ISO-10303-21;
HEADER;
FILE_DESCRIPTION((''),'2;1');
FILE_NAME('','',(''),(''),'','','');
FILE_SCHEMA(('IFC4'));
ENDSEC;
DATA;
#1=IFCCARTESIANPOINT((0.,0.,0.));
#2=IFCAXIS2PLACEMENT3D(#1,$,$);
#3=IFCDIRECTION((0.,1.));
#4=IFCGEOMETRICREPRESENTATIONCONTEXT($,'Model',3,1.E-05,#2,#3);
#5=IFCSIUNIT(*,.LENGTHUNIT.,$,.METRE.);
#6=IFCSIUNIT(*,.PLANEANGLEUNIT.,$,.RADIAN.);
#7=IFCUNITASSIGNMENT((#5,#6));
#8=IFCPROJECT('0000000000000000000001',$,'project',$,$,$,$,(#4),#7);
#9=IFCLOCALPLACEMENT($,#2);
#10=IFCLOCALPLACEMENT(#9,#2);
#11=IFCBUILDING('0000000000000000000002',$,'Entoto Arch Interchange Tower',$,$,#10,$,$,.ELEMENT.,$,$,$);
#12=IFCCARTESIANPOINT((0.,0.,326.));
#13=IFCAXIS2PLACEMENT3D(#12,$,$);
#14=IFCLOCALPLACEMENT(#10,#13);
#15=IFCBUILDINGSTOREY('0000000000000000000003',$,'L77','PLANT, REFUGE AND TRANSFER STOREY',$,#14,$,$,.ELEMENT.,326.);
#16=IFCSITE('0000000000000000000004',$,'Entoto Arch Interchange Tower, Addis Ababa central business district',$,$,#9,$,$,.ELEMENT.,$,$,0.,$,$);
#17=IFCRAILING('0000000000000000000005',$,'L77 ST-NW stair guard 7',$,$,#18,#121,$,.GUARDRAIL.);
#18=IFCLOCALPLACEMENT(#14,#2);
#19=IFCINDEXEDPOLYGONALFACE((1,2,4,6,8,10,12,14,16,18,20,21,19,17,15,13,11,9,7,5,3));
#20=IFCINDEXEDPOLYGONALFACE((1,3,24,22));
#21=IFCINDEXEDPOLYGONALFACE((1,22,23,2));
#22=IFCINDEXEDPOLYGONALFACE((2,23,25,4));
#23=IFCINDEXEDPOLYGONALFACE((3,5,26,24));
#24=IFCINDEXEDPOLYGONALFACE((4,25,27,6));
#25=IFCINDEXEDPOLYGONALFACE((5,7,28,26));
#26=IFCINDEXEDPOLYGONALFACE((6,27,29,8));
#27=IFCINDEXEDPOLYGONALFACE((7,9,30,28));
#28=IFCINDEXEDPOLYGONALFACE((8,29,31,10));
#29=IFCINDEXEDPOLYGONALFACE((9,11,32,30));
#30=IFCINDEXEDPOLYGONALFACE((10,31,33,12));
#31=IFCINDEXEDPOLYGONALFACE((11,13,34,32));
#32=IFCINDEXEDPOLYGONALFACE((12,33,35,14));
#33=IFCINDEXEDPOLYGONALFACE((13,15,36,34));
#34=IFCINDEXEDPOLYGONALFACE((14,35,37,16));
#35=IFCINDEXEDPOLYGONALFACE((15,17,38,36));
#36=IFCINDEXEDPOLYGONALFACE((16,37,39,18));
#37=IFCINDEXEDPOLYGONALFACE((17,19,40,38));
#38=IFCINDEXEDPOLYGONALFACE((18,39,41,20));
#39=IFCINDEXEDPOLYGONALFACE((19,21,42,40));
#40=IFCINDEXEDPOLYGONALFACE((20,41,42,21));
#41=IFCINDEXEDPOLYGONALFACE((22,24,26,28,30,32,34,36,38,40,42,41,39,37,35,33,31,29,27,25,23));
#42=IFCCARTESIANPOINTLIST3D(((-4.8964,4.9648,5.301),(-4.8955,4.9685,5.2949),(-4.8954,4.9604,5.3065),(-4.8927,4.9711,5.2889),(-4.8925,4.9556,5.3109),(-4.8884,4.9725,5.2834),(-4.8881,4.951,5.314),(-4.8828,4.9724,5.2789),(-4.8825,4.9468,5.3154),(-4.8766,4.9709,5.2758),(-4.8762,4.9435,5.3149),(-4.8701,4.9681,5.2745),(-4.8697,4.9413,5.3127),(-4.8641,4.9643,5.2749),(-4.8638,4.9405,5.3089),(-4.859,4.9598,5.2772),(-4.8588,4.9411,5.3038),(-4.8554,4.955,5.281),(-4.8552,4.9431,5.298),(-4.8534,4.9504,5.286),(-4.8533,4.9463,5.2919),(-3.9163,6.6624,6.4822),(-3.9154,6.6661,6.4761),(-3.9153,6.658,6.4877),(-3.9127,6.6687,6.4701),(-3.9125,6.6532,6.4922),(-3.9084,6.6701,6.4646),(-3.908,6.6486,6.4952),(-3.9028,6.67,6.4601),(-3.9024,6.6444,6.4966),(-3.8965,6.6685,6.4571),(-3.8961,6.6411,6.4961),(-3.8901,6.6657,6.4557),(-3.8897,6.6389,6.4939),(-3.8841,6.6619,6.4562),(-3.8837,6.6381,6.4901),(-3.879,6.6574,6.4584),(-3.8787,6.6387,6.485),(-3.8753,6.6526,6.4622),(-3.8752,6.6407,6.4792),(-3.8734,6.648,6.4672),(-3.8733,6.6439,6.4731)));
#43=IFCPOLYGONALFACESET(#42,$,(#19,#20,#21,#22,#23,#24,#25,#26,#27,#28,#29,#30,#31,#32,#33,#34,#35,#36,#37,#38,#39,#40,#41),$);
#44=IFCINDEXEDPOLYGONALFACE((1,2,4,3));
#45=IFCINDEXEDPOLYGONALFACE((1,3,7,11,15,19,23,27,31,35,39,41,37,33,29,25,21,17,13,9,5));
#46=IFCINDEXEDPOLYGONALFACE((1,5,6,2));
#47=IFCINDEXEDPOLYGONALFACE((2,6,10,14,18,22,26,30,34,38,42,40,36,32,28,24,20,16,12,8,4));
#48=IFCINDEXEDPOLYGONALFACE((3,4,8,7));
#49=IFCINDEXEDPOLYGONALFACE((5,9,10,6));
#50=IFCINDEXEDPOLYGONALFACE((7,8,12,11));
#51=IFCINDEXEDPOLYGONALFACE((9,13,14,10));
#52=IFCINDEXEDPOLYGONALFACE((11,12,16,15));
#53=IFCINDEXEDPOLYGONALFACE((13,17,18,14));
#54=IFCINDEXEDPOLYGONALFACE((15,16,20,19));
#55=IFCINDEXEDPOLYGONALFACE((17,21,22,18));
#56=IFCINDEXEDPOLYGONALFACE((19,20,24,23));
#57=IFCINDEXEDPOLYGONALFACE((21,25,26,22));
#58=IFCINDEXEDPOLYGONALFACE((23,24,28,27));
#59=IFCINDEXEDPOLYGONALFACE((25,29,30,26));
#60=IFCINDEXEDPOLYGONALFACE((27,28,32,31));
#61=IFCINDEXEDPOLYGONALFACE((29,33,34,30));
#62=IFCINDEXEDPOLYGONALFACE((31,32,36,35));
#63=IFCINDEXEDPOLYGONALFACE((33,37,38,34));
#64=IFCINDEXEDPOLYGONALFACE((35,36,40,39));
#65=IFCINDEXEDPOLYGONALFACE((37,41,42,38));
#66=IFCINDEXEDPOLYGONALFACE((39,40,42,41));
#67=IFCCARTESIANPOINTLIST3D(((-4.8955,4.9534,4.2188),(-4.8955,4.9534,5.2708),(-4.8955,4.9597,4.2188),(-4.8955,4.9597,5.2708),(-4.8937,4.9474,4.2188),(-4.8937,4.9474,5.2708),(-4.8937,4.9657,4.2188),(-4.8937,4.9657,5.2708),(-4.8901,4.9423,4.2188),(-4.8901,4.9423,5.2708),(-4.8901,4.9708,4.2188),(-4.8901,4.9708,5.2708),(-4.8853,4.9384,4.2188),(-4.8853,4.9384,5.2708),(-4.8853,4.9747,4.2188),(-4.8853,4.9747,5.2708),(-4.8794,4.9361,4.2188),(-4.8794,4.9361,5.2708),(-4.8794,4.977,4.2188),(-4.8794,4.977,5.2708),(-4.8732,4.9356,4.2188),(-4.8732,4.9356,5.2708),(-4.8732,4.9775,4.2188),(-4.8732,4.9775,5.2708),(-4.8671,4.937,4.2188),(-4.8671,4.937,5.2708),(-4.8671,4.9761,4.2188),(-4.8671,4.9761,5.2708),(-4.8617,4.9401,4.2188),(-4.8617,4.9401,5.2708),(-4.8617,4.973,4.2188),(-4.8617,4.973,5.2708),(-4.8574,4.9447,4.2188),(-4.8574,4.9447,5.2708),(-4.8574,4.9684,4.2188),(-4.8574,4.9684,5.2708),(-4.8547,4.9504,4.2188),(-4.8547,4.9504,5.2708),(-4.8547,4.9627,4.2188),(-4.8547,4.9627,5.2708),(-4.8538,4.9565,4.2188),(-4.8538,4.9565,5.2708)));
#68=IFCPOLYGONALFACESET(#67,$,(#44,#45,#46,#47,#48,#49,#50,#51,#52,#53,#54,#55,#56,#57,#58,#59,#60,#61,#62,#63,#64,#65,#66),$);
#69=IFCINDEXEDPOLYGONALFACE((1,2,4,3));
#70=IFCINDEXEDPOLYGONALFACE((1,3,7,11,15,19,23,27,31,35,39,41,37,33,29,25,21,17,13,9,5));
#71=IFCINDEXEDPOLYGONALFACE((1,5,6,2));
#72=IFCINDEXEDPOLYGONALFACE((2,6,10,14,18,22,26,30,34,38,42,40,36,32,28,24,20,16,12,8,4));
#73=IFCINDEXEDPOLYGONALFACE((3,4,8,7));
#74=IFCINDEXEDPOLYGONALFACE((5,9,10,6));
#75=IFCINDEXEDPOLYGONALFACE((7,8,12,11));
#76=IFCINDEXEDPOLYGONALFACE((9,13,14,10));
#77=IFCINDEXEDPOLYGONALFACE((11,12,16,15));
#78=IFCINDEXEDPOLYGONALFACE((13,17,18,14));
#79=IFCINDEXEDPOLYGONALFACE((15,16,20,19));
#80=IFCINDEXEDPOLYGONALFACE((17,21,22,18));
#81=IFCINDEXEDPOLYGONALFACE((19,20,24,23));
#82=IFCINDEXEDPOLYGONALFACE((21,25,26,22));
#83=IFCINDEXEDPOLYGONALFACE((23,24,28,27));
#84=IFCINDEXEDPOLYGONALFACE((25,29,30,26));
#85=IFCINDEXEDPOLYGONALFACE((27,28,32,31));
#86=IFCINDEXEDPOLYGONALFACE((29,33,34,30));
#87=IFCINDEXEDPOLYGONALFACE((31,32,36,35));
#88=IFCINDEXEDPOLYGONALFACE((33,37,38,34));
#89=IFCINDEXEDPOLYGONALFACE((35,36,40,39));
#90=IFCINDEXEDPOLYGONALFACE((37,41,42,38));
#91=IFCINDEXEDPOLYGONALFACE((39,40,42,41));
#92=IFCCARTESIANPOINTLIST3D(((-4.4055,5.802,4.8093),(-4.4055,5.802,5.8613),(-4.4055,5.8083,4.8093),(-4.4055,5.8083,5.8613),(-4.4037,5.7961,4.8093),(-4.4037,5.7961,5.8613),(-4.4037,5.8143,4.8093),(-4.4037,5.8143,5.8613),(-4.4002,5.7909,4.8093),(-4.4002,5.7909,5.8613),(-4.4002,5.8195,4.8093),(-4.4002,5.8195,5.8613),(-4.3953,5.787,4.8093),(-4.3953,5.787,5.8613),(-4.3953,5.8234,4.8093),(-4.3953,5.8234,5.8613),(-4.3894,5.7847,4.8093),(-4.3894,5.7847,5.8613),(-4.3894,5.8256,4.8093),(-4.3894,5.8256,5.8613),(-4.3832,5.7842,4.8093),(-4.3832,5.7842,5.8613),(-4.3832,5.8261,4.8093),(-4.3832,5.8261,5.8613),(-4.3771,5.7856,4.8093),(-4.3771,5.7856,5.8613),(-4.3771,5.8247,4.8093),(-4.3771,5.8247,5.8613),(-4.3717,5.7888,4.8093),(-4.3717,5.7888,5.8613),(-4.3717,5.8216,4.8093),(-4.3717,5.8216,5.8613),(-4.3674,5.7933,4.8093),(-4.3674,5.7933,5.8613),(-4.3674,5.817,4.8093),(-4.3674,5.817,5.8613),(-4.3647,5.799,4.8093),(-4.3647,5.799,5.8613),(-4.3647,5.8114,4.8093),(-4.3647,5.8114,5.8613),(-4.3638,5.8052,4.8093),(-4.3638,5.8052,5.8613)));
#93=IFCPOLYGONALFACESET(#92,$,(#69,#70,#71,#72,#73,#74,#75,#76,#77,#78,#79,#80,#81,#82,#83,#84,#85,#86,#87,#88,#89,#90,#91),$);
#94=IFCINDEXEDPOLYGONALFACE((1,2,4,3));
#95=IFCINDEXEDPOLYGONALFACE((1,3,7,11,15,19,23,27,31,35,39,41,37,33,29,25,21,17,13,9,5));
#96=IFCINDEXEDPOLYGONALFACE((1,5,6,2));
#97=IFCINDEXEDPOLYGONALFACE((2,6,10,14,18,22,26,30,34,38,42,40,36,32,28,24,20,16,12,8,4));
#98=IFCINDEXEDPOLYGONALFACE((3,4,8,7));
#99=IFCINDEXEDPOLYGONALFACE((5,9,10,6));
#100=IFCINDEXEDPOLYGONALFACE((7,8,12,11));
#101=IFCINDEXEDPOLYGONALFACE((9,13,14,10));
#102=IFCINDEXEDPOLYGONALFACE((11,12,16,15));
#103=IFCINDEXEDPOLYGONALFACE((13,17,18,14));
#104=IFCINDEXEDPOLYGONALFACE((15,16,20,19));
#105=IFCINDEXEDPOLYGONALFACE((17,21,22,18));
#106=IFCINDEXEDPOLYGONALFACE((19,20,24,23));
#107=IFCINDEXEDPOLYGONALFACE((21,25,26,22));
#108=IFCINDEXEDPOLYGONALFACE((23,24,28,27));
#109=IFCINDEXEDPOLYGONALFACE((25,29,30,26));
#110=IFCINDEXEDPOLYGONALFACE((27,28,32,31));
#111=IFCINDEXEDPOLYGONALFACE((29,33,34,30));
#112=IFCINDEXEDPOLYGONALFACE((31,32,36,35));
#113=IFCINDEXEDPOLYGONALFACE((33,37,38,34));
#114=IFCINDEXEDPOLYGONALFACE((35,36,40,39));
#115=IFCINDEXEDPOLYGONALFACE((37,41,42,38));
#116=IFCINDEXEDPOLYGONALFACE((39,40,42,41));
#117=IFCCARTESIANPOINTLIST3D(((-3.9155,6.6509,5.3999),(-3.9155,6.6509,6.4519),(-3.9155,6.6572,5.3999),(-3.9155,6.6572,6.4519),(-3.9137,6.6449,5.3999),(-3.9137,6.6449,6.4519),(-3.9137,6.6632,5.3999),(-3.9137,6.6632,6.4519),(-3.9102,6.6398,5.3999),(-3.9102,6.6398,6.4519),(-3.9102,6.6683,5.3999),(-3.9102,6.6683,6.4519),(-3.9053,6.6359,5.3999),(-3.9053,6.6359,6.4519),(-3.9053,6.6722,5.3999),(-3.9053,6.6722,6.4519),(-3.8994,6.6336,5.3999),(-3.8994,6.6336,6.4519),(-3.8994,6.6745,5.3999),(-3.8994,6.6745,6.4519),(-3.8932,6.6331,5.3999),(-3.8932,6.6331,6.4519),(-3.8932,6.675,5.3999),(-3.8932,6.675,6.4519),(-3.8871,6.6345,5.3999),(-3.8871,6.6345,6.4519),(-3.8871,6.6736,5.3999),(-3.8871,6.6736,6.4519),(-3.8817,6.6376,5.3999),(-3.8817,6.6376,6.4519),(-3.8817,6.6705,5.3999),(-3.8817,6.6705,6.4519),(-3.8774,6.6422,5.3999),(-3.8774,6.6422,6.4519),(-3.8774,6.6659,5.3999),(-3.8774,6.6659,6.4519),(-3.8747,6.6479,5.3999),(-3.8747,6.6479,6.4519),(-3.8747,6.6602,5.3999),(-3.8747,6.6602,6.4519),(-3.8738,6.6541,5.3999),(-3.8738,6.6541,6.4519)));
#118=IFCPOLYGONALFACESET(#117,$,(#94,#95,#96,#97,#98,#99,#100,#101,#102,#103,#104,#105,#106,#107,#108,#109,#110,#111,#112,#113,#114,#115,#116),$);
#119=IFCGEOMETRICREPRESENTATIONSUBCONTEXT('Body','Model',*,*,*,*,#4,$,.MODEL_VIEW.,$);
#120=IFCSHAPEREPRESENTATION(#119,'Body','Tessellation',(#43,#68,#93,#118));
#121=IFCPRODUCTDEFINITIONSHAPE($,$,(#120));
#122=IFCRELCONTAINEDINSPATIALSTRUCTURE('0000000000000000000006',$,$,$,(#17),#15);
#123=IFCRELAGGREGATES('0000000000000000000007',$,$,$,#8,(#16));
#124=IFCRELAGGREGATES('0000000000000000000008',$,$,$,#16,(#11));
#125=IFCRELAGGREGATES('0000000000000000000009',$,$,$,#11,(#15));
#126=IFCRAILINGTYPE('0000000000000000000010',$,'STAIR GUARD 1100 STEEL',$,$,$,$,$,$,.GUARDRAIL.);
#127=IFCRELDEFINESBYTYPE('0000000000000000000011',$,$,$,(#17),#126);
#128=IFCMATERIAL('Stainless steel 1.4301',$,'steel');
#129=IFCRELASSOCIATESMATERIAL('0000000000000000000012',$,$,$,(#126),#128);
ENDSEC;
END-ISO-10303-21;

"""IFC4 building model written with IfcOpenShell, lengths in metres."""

from ifc_helpers import new_model, si_unit, direction, frame, origin, origin_2d, place, context, subcontext, project, spatial, circle, extrude, material, type_object, element, save


model = new_model("IFC4")

# Units and contexts
model_context = context("Model", 3, precision=1e-05, world=origin(), true_north=direction((0.0, 1.0)))
body_context = subcontext(model_context, "Body", "Model", "MODEL_VIEW")
ifc_project = project(units=[si_unit("LENGTHUNIT", "METRE"), si_unit("PLANEANGLEUNIT", "RADIAN")], contexts=[model_context])

# Site, building, storey
site_placement = place(None, origin())
site = spatial("IfcSite", under=ifc_project, at=site_placement, Name="Entoto Arch Interchange Tower, Addis Ababa central business district", CompositionType="ELEMENT", RefElevation=0.0)
building_placement = place(site_placement, origin())
building = spatial("IfcBuilding", under=site, at=building_placement, Name="Entoto Arch Interchange Tower", CompositionType="ELEMENT")
storey_placement = place(building_placement, frame((0.0, 0.0, 326.0)))
storey = spatial("IfcBuildingStorey", under=building, at=storey_placement, Name="L77", Description="PLANT, REFUGE AND TRANSFER STOREY", CompositionType="ELEMENT", Elevation=326.0)

# Railing
ifc_material_1 = material(Name="Stainless steel 1.4301", Category="steel")
railing_type_1 = type_object("IfcRailingType", Name="STAIR GUARD 1100 STEEL", PredefinedType="GUARDRAIL", material=ifc_material_1)
railing_1_placement = place(storey_placement, frame((-4.8748, 4.9565, 4.2188)))
element("IfcRailing", 1, at=railing_1_placement, inside=storey, type_object=railing_type_1, Name="L77 ST-NW stair guard 7", PredefinedType="GUARDRAIL", context=body_context, shape_type="SweptSolid", body=[
    extrude(circle(Radius=0.0239, at=origin_2d()), frame((0.0, 0.0, 1.0762), z_axis=(0.428228, 0.741771, 0.516135), x_axis=(-0.866042, 0.49997, 0.0)), (0.0, 0.0, 1.0), 2.2886),
    extrude(circle(Radius=0.021, at=origin_2d()), origin(), (0.0, 0.0, 1.0), 1.052),
    extrude(circle(Radius=0.021, at=origin_2d()), frame((0.49, 0.8486, 0.5906)), (0.0, 0.0, 1.0), 1.052),
    extrude(circle(Radius=0.021, at=origin_2d()), frame((0.98, 1.6975, 1.1812)), (0.0, 0.0, 1.0), 1.052),
])

save(model, "model.ifc")
